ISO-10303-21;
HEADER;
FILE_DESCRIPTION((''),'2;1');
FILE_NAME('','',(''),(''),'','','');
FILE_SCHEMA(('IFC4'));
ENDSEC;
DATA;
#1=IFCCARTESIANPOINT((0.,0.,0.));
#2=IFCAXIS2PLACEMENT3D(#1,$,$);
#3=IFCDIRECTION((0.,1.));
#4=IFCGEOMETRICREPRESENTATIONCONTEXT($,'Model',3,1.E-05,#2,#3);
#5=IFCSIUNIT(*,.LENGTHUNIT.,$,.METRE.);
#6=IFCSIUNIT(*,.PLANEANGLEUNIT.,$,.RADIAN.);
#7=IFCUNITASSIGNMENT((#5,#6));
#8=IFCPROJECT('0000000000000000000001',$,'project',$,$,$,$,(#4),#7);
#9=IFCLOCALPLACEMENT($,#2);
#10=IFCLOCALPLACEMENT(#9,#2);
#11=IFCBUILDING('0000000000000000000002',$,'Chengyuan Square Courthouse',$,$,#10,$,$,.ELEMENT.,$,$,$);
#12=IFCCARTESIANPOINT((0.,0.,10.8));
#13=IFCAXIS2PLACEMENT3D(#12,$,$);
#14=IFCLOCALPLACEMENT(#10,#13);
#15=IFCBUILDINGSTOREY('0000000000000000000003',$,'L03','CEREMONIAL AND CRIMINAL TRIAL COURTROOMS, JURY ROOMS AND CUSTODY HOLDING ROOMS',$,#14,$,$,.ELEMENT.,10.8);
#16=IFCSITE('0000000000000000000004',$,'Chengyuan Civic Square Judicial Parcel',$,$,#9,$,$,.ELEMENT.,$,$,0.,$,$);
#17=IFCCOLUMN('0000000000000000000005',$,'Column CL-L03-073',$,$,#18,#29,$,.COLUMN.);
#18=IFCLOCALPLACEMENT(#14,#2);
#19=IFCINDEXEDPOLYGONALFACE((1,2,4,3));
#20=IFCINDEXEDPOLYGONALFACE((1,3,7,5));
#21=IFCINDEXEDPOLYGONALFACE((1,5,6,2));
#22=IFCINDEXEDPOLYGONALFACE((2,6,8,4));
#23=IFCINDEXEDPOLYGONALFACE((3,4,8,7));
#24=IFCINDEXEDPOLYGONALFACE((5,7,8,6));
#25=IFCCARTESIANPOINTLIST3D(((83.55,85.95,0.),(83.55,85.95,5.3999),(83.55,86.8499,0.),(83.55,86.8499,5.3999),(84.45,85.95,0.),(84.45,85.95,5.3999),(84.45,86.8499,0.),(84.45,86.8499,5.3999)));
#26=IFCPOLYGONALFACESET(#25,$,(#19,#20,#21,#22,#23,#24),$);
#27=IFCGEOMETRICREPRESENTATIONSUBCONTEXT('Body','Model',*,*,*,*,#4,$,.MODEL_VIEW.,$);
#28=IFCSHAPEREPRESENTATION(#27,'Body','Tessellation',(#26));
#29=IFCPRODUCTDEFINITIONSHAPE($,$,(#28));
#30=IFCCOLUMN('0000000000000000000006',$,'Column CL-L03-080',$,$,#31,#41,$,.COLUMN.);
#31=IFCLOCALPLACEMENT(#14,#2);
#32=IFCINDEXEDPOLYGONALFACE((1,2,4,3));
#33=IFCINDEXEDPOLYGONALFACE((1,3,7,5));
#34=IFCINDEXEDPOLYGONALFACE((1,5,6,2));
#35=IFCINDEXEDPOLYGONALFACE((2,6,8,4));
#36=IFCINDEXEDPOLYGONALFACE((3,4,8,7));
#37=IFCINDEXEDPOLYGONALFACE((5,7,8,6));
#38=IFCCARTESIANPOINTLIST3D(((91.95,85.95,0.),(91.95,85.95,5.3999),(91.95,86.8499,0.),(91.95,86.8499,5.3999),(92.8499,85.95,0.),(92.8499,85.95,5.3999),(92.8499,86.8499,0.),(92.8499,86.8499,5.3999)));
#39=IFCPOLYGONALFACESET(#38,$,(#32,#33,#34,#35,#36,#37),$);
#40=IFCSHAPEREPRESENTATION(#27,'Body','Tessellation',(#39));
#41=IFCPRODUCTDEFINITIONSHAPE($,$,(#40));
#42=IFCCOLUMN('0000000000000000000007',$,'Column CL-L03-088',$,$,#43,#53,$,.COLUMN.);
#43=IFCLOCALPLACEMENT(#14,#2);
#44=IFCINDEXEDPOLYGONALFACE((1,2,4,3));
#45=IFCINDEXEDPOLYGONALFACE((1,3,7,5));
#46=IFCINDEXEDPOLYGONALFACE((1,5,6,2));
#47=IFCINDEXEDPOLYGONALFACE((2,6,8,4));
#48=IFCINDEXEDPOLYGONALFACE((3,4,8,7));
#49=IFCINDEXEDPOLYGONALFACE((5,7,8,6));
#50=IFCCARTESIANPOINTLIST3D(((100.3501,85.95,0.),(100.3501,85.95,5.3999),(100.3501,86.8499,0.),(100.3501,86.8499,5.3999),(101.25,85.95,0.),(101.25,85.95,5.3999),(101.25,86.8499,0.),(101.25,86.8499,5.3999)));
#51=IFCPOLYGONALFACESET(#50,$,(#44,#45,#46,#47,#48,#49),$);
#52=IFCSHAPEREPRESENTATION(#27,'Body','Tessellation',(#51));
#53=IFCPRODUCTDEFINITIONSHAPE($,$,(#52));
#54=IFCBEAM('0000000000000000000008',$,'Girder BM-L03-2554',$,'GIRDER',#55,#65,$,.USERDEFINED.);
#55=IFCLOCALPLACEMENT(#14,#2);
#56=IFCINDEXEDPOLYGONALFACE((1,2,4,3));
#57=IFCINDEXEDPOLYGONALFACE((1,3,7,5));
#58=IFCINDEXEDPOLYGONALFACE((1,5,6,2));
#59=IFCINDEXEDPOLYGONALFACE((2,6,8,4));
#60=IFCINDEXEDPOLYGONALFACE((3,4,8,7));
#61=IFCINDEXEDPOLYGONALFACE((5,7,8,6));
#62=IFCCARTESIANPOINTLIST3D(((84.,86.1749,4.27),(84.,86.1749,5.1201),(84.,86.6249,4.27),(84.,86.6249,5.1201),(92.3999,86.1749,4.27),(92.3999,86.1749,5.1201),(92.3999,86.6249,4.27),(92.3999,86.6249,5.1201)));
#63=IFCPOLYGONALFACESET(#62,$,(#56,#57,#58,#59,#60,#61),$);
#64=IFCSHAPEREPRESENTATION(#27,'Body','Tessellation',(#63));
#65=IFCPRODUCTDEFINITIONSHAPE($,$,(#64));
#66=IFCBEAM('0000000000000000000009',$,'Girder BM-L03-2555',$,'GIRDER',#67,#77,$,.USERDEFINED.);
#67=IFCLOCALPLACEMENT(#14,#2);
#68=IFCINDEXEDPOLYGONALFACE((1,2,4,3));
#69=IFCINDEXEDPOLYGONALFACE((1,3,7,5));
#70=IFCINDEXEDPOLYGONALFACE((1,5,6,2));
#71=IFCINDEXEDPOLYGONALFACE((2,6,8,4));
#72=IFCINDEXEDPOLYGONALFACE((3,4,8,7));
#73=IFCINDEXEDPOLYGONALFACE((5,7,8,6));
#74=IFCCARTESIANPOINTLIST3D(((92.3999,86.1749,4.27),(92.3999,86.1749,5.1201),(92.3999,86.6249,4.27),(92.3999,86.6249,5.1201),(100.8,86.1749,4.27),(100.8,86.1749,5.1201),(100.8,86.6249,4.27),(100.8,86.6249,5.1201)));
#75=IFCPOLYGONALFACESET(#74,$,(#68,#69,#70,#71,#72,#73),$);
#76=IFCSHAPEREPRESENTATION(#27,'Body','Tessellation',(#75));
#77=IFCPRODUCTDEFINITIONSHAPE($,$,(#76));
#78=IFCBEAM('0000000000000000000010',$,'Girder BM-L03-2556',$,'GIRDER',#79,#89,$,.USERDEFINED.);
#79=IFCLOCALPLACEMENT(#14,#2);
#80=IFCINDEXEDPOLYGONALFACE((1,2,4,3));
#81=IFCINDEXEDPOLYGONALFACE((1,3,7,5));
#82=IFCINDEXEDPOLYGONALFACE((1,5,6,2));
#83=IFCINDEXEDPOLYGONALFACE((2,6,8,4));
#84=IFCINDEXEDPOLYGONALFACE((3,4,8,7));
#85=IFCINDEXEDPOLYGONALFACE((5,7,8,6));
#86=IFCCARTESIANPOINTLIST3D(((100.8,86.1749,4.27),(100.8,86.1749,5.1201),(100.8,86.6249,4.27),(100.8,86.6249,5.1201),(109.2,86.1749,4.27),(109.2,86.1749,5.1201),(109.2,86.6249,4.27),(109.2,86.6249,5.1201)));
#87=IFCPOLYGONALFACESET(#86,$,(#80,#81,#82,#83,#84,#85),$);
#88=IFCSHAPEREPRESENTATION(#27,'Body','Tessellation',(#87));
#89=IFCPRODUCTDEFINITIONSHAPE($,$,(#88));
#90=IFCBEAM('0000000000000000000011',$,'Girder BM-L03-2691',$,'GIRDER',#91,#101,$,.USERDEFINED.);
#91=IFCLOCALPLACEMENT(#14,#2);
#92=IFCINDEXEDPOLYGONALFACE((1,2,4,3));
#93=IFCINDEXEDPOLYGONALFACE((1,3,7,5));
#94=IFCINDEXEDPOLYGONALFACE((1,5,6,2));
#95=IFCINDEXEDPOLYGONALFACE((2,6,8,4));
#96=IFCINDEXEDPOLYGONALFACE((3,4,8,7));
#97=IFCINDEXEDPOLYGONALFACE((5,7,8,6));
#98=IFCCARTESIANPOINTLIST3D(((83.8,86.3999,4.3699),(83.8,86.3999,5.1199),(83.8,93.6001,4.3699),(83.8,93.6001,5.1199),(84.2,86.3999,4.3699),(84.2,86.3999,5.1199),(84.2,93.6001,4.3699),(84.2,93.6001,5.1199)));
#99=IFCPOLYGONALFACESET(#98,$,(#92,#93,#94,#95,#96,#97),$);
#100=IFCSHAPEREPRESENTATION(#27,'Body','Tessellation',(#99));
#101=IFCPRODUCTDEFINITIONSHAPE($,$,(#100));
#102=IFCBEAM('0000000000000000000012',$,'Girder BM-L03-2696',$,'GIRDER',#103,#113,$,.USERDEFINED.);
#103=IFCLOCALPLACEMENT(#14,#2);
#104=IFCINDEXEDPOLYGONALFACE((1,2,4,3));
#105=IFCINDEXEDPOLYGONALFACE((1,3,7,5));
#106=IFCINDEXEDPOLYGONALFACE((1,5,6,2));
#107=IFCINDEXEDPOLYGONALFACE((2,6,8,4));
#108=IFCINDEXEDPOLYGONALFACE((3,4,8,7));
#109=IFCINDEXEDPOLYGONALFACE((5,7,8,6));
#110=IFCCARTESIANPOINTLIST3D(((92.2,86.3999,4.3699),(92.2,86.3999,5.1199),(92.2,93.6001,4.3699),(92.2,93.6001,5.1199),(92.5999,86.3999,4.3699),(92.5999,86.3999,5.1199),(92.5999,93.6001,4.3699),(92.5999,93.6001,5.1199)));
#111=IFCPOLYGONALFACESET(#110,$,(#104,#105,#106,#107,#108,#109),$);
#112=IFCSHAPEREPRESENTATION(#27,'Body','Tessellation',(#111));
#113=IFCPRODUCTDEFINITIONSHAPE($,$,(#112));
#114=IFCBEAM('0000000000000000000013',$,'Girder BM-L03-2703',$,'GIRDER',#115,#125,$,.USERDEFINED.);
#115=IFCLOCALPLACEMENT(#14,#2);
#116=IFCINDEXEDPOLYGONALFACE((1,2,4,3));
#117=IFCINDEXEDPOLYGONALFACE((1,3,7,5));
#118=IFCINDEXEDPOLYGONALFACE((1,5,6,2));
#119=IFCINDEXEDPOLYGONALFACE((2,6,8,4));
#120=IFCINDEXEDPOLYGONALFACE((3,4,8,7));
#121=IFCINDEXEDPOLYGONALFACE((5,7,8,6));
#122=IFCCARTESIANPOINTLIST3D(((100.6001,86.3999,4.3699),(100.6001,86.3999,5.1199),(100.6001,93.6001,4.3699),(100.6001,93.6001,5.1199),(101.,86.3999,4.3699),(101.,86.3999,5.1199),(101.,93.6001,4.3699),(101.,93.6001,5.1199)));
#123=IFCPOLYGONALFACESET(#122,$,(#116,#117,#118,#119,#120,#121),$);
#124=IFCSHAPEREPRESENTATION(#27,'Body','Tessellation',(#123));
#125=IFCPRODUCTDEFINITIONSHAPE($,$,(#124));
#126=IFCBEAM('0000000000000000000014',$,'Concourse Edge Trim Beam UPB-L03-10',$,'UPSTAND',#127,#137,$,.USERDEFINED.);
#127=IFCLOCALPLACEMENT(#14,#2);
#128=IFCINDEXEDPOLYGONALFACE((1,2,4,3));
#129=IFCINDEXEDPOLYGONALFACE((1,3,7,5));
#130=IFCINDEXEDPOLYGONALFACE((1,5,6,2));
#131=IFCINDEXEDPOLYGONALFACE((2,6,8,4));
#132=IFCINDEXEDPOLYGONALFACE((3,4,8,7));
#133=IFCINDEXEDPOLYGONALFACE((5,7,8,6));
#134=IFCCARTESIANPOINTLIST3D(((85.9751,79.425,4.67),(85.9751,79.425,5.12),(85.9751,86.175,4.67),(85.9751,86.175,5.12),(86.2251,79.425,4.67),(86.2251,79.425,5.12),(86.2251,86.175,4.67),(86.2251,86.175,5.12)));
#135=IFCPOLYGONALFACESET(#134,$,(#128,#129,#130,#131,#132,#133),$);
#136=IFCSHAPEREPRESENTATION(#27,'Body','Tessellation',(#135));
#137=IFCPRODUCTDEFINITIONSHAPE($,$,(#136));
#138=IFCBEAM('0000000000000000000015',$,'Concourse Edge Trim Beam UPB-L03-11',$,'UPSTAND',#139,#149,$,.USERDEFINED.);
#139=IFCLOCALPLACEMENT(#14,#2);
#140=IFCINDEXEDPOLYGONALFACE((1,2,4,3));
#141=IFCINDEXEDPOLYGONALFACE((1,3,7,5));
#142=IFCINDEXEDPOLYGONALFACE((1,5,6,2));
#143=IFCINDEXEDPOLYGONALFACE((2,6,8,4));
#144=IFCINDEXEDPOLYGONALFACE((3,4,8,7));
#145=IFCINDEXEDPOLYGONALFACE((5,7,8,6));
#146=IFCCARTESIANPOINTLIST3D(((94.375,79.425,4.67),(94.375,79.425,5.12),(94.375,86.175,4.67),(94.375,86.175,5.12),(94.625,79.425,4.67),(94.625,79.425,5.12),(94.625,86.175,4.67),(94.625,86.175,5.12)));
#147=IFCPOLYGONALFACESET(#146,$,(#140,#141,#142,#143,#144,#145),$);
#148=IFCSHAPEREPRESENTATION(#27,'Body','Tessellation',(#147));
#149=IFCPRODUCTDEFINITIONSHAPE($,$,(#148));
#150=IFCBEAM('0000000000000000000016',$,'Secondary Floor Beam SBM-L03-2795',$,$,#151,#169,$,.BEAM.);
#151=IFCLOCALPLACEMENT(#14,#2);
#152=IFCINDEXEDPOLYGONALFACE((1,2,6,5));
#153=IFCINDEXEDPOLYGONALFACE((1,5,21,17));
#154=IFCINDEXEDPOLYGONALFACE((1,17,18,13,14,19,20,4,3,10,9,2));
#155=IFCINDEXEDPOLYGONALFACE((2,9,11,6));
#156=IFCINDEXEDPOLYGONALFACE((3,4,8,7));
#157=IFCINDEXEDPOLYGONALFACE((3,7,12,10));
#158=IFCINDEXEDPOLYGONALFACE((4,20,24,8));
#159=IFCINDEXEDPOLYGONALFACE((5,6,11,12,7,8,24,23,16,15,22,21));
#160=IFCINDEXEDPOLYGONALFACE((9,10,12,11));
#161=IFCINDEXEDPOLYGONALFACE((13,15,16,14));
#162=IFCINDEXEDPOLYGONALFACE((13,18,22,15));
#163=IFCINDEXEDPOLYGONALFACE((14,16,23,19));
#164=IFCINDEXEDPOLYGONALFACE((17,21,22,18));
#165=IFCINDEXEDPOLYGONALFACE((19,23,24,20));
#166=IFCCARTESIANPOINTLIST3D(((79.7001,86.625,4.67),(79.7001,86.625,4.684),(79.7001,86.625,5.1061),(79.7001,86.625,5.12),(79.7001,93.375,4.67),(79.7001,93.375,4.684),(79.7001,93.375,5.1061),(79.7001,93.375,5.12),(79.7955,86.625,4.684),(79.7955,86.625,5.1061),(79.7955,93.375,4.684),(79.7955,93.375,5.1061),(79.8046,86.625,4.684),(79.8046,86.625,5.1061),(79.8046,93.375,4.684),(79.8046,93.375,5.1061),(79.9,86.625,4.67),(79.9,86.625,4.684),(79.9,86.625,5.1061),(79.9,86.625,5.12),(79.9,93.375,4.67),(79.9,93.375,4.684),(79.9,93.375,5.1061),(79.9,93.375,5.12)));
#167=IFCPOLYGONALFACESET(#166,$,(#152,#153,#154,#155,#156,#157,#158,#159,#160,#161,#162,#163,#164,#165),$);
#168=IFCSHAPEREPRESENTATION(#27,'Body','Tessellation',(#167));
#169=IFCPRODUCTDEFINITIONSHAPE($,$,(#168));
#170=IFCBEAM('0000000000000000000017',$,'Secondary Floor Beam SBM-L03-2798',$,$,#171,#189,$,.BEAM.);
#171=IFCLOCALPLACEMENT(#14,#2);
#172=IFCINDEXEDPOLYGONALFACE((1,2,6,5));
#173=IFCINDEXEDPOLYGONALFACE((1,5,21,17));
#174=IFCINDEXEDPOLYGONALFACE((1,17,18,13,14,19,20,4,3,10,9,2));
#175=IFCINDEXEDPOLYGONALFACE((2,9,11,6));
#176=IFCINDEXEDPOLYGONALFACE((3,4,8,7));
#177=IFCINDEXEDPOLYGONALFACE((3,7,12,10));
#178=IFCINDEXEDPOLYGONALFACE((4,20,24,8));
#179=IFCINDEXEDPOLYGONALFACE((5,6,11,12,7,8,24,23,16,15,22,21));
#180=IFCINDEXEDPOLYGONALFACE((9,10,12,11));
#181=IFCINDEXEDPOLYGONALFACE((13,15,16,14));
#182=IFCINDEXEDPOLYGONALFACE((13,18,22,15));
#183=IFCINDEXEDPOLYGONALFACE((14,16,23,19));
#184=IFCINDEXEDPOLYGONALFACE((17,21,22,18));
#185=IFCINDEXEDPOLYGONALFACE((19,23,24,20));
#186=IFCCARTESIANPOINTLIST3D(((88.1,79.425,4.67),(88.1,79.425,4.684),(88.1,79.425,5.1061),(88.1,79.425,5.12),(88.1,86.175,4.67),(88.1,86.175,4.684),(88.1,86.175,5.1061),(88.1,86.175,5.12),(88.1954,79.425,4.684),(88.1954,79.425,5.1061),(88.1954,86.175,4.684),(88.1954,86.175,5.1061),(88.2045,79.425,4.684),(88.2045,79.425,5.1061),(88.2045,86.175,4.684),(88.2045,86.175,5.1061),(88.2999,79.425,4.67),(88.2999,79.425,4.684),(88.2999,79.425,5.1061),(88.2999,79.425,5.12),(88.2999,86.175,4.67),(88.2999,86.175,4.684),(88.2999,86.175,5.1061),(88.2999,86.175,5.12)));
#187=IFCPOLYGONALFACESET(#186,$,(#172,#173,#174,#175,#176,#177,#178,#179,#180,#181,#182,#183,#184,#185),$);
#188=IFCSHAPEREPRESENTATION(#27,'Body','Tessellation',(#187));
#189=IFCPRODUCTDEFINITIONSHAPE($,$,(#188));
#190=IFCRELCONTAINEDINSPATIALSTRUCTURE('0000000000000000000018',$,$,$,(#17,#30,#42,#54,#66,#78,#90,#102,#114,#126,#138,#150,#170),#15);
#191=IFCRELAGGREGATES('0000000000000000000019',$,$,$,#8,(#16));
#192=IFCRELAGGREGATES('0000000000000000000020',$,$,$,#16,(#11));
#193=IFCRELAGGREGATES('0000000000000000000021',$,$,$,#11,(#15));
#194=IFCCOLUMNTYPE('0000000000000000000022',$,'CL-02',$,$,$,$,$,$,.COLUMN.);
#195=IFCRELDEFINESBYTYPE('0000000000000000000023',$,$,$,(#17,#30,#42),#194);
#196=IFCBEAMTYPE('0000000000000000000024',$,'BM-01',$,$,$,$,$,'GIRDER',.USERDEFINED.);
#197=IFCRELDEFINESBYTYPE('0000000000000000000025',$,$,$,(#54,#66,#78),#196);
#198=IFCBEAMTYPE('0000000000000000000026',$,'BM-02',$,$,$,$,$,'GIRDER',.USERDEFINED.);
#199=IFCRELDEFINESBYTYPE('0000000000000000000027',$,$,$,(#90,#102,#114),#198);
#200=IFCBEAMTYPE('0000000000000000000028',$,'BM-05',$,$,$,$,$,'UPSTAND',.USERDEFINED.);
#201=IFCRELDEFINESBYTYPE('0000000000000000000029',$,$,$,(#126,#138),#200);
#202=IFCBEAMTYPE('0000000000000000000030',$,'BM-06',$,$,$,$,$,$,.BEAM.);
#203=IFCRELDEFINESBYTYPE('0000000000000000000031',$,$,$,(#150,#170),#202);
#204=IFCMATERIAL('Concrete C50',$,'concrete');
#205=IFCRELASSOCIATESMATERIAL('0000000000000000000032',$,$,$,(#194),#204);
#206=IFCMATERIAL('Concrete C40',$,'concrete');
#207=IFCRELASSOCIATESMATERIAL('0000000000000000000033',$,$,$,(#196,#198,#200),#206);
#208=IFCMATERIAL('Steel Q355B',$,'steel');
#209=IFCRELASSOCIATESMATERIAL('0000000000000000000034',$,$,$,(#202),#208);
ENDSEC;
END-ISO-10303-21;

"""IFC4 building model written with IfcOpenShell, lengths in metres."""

from ifc_helpers import new_model, si_unit, direction, frame, origin, origin_2d, place, context, subcontext, project, spatial, rectangle, i_section, extrude, material, material_profile, profile_set, type_object, element, save


model = new_model("IFC4")

# Units and contexts
model_context = context("Model", 3, precision=1e-05, world=origin(), true_north=direction((0.0, 1.0)))
body_context = subcontext(model_context, "Body", "Model", "MODEL_VIEW")
ifc_project = project(units=[si_unit("LENGTHUNIT", "METRE"), si_unit("PLANEANGLEUNIT", "RADIAN")], contexts=[model_context])

# Site, building, storey
site_placement = place(None, origin())
site = spatial("IfcSite", under=ifc_project, at=site_placement, Name="Chengyuan Civic Square Judicial Parcel", CompositionType="ELEMENT", RefElevation=0.0)
building_placement = place(site_placement, origin())
building = spatial("IfcBuilding", under=site, at=building_placement, Name="Chengyuan Square Courthouse", CompositionType="ELEMENT")
storey_placement = place(building_placement, frame((0.0, 0.0, 10.8)))
storey = spatial("IfcBuildingStorey", under=building, at=storey_placement, Name="L03", Description="CEREMONIAL AND CRIMINAL TRIAL COURTROOMS, JURY ROOMS AND CUSTODY HOLDING ROOMS", CompositionType="ELEMENT", Elevation=10.8)

# Columns
ifc_material_1 = material(Name="Concrete C50", Category="concrete")
ifc_material_profile_1 = material_profile(ifc_material_1, rectangle(XDim=0.8999, YDim=0.8999, at=origin_2d()), Name="RC-COL-900x900")
ifc_profile_set_1 = profile_set([ifc_material_profile_1], Name="Concrete C50")
column_type = type_object("IfcColumnType", Name="CL-02", PredefinedType="COLUMN", material=ifc_profile_set_1)
for number, where, z_axis, x_axis, name in (
    (1, (84.0, 86.3999, 0.0), (0.0, 0.0, 1.0), (1.0, 0.0, 0.0), "Column CL-L03-073"),
    (2, (92.3999, 86.3999, 0.0), (0.0, 0.0, 1.0), (1.0, 0.0, 0.0), "Column CL-L03-080"),
    (3, (100.8, 86.3999, 0.0), (0.0, 0.0, 1.0), (1.0, 0.0, 0.0), "Column CL-L03-088"),
):
    element("IfcColumn", number, at=place(storey_placement, frame(where, z_axis=z_axis, x_axis=x_axis)), inside=storey, type_object=column_type, Name=name, PredefinedType="COLUMN", context=body_context, shape_type="SweptSolid", body=[
        extrude(rectangle(XDim=0.8999, YDim=0.8999, at=origin_2d()), origin(), (0.0, 0.0, 1.0), 5.3999),
    ])

# Beams
ifc_material_2 = material(Name="Concrete C40", Category="concrete")
ifc_material_profile_2 = material_profile(ifc_material_2, rectangle(XDim=0.45, YDim=0.8501, at=origin_2d()), Name="RC-BM-450x850")
ifc_profile_set_2 = profile_set([ifc_material_profile_2], Name="Concrete C40")
beam_type_1 = type_object("IfcBeamType", Name="BM-01", ElementType="GIRDER", PredefinedType="USERDEFINED", material=ifc_profile_set_2)
beam_1_placement = place(storey_placement, frame((84.0, 86.3999, 4.6951), z_axis=(1.0, 0.0, 0.0), x_axis=(0.0, 1.0, 0.0)))
element("IfcBeam", 4, at=beam_1_placement, inside=storey, type_object=beam_type_1, Name="Girder BM-L03-2554", ObjectType="GIRDER", PredefinedType="USERDEFINED", context=body_context, shape_type="SweptSolid", body=[
    extrude(rectangle(XDim=0.45, YDim=0.8501, at=origin_2d()), origin(), (0.0, 0.0, 1.0), 8.3999),
])
beam_2_placement = place(storey_placement, frame((92.3999, 86.3999, 4.6951), z_axis=(1.0, 0.0, 0.0), x_axis=(0.0, 1.0, 0.0)))
element("IfcBeam", 5, at=beam_2_placement, inside=storey, type_object=beam_type_1, Name="Girder BM-L03-2555", ObjectType="GIRDER", PredefinedType="USERDEFINED", context=body_context, shape_type="SweptSolid", body=[
    extrude(rectangle(XDim=0.45, YDim=0.8501, at=origin_2d()), origin(), (0.0, 0.0, 1.0), 8.4001),
])
beam_3_placement = place(storey_placement, frame((100.8, 86.3999, 4.6951), z_axis=(1.0, 0.0, 0.0), x_axis=(0.0, 1.0, 0.0)))
element("IfcBeam", 6, at=beam_3_placement, inside=storey, type_object=beam_type_1, Name="Girder BM-L03-2556", ObjectType="GIRDER", PredefinedType="USERDEFINED", context=body_context, shape_type="SweptSolid", body=[
    extrude(rectangle(XDim=0.45, YDim=0.8501, at=origin_2d()), origin(), (0.0, 0.0, 1.0), 8.3999),
])
ifc_material_profile_3 = material_profile(ifc_material_2, rectangle(XDim=0.3999, YDim=0.75, at=origin_2d()), Name="RC-BM-400x750")
ifc_profile_set_3 = profile_set([ifc_material_profile_3], Name="Concrete C40")
beam_type_2 = type_object("IfcBeamType", Name="BM-02", ElementType="GIRDER", PredefinedType="USERDEFINED", material=ifc_profile_set_3)
for number, where, z_axis, x_axis, name in (
    (7, (84.0, 86.3999, 4.7449), (0.0, 1.0, 0.0), (-1.0, 0.0, 0.0), "Girder BM-L03-2691"),
    (8, (92.3999, 86.3999, 4.7449), (0.0, 1.0, 0.0), (-1.0, 0.0, 0.0), "Girder BM-L03-2696"),
    (9, (100.8, 86.3999, 4.7449), (0.0, 1.0, 0.0), (-1.0, 0.0, 0.0), "Girder BM-L03-2703"),
):
    element("IfcBeam", number, at=place(storey_placement, frame(where, z_axis=z_axis, x_axis=x_axis)), inside=storey, type_object=beam_type_2, Name=name, ObjectType="GIRDER", PredefinedType="USERDEFINED", context=body_context, shape_type="SweptSolid", body=[
        extrude(rectangle(XDim=0.3999, YDim=0.75, at=origin_2d()), origin(), (0.0, 0.0, 1.0), 7.2002),
    ])
ifc_material_profile_4 = material_profile(ifc_material_2, rectangle(XDim=0.25, YDim=0.45, at=origin_2d()), Name="RC-UP-250x450")
ifc_profile_set_4 = profile_set([ifc_material_profile_4], Name="Concrete C40")
beam_type_3 = type_object("IfcBeamType", Name="BM-05", ElementType="UPSTAND", PredefinedType="USERDEFINED", material=ifc_profile_set_4)
for number, where, z_axis, x_axis, name in (
    (10, (86.1001, 79.425, 4.895), (0.0, 1.0, 0.0), (-1.0, 0.0, 0.0), "Concourse Edge Trim Beam UPB-L03-10"),
    (11, (94.5, 79.425, 4.895), (0.0, 1.0, 0.0), (-1.0, 0.0, 0.0), "Concourse Edge Trim Beam UPB-L03-11"),
):
    element("IfcBeam", number, at=place(storey_placement, frame(where, z_axis=z_axis, x_axis=x_axis)), inside=storey, type_object=beam_type_3, Name=name, ObjectType="UPSTAND", PredefinedType="USERDEFINED", context=body_context, shape_type="SweptSolid", body=[
        extrude(rectangle(XDim=0.25, YDim=0.45, at=origin_2d()), origin(), (0.0, 0.0, 1.0), 6.75),
    ])
ifc_material_3 = material(Name="Steel Q355B", Category="steel")
ifc_material_profile_5 = material_profile(ifc_material_3, i_section(OverallWidth=0.2, OverallDepth=0.45, WebThickness=0.009, FlangeThickness=0.0139, at=origin_2d()), Name="HN 450x200x9x14")
ifc_profile_set_5 = profile_set([ifc_material_profile_5], Name="Steel Q355B")
beam_type_4 = type_object("IfcBeamType", Name="BM-06", PredefinedType="BEAM", material=ifc_profile_set_5)
for number, where, z_axis, x_axis, name in (
    (12, (79.8, 86.625, 4.895), (0.0, 1.0, 0.0), (-1.0, 0.0, 0.0), "Secondary Floor Beam SBM-L03-2795"),
    (13, (88.2, 79.425, 4.895), (0.0, 1.0, 0.0), (-1.0, 0.0, 0.0), "Secondary Floor Beam SBM-L03-2798"),
):
    element("IfcBeam", number, at=place(storey_placement, frame(where, z_axis=z_axis, x_axis=x_axis)), inside=storey, type_object=beam_type_4, Name=name, PredefinedType="BEAM", context=body_context, shape_type="SweptSolid", body=[
        extrude(i_section(OverallWidth=0.2, OverallDepth=0.45, WebThickness=0.009, FlangeThickness=0.0139, at=origin_2d()), origin(), (0.0, 0.0, 1.0), 6.75),
    ])

save(model, "model.ifc")
